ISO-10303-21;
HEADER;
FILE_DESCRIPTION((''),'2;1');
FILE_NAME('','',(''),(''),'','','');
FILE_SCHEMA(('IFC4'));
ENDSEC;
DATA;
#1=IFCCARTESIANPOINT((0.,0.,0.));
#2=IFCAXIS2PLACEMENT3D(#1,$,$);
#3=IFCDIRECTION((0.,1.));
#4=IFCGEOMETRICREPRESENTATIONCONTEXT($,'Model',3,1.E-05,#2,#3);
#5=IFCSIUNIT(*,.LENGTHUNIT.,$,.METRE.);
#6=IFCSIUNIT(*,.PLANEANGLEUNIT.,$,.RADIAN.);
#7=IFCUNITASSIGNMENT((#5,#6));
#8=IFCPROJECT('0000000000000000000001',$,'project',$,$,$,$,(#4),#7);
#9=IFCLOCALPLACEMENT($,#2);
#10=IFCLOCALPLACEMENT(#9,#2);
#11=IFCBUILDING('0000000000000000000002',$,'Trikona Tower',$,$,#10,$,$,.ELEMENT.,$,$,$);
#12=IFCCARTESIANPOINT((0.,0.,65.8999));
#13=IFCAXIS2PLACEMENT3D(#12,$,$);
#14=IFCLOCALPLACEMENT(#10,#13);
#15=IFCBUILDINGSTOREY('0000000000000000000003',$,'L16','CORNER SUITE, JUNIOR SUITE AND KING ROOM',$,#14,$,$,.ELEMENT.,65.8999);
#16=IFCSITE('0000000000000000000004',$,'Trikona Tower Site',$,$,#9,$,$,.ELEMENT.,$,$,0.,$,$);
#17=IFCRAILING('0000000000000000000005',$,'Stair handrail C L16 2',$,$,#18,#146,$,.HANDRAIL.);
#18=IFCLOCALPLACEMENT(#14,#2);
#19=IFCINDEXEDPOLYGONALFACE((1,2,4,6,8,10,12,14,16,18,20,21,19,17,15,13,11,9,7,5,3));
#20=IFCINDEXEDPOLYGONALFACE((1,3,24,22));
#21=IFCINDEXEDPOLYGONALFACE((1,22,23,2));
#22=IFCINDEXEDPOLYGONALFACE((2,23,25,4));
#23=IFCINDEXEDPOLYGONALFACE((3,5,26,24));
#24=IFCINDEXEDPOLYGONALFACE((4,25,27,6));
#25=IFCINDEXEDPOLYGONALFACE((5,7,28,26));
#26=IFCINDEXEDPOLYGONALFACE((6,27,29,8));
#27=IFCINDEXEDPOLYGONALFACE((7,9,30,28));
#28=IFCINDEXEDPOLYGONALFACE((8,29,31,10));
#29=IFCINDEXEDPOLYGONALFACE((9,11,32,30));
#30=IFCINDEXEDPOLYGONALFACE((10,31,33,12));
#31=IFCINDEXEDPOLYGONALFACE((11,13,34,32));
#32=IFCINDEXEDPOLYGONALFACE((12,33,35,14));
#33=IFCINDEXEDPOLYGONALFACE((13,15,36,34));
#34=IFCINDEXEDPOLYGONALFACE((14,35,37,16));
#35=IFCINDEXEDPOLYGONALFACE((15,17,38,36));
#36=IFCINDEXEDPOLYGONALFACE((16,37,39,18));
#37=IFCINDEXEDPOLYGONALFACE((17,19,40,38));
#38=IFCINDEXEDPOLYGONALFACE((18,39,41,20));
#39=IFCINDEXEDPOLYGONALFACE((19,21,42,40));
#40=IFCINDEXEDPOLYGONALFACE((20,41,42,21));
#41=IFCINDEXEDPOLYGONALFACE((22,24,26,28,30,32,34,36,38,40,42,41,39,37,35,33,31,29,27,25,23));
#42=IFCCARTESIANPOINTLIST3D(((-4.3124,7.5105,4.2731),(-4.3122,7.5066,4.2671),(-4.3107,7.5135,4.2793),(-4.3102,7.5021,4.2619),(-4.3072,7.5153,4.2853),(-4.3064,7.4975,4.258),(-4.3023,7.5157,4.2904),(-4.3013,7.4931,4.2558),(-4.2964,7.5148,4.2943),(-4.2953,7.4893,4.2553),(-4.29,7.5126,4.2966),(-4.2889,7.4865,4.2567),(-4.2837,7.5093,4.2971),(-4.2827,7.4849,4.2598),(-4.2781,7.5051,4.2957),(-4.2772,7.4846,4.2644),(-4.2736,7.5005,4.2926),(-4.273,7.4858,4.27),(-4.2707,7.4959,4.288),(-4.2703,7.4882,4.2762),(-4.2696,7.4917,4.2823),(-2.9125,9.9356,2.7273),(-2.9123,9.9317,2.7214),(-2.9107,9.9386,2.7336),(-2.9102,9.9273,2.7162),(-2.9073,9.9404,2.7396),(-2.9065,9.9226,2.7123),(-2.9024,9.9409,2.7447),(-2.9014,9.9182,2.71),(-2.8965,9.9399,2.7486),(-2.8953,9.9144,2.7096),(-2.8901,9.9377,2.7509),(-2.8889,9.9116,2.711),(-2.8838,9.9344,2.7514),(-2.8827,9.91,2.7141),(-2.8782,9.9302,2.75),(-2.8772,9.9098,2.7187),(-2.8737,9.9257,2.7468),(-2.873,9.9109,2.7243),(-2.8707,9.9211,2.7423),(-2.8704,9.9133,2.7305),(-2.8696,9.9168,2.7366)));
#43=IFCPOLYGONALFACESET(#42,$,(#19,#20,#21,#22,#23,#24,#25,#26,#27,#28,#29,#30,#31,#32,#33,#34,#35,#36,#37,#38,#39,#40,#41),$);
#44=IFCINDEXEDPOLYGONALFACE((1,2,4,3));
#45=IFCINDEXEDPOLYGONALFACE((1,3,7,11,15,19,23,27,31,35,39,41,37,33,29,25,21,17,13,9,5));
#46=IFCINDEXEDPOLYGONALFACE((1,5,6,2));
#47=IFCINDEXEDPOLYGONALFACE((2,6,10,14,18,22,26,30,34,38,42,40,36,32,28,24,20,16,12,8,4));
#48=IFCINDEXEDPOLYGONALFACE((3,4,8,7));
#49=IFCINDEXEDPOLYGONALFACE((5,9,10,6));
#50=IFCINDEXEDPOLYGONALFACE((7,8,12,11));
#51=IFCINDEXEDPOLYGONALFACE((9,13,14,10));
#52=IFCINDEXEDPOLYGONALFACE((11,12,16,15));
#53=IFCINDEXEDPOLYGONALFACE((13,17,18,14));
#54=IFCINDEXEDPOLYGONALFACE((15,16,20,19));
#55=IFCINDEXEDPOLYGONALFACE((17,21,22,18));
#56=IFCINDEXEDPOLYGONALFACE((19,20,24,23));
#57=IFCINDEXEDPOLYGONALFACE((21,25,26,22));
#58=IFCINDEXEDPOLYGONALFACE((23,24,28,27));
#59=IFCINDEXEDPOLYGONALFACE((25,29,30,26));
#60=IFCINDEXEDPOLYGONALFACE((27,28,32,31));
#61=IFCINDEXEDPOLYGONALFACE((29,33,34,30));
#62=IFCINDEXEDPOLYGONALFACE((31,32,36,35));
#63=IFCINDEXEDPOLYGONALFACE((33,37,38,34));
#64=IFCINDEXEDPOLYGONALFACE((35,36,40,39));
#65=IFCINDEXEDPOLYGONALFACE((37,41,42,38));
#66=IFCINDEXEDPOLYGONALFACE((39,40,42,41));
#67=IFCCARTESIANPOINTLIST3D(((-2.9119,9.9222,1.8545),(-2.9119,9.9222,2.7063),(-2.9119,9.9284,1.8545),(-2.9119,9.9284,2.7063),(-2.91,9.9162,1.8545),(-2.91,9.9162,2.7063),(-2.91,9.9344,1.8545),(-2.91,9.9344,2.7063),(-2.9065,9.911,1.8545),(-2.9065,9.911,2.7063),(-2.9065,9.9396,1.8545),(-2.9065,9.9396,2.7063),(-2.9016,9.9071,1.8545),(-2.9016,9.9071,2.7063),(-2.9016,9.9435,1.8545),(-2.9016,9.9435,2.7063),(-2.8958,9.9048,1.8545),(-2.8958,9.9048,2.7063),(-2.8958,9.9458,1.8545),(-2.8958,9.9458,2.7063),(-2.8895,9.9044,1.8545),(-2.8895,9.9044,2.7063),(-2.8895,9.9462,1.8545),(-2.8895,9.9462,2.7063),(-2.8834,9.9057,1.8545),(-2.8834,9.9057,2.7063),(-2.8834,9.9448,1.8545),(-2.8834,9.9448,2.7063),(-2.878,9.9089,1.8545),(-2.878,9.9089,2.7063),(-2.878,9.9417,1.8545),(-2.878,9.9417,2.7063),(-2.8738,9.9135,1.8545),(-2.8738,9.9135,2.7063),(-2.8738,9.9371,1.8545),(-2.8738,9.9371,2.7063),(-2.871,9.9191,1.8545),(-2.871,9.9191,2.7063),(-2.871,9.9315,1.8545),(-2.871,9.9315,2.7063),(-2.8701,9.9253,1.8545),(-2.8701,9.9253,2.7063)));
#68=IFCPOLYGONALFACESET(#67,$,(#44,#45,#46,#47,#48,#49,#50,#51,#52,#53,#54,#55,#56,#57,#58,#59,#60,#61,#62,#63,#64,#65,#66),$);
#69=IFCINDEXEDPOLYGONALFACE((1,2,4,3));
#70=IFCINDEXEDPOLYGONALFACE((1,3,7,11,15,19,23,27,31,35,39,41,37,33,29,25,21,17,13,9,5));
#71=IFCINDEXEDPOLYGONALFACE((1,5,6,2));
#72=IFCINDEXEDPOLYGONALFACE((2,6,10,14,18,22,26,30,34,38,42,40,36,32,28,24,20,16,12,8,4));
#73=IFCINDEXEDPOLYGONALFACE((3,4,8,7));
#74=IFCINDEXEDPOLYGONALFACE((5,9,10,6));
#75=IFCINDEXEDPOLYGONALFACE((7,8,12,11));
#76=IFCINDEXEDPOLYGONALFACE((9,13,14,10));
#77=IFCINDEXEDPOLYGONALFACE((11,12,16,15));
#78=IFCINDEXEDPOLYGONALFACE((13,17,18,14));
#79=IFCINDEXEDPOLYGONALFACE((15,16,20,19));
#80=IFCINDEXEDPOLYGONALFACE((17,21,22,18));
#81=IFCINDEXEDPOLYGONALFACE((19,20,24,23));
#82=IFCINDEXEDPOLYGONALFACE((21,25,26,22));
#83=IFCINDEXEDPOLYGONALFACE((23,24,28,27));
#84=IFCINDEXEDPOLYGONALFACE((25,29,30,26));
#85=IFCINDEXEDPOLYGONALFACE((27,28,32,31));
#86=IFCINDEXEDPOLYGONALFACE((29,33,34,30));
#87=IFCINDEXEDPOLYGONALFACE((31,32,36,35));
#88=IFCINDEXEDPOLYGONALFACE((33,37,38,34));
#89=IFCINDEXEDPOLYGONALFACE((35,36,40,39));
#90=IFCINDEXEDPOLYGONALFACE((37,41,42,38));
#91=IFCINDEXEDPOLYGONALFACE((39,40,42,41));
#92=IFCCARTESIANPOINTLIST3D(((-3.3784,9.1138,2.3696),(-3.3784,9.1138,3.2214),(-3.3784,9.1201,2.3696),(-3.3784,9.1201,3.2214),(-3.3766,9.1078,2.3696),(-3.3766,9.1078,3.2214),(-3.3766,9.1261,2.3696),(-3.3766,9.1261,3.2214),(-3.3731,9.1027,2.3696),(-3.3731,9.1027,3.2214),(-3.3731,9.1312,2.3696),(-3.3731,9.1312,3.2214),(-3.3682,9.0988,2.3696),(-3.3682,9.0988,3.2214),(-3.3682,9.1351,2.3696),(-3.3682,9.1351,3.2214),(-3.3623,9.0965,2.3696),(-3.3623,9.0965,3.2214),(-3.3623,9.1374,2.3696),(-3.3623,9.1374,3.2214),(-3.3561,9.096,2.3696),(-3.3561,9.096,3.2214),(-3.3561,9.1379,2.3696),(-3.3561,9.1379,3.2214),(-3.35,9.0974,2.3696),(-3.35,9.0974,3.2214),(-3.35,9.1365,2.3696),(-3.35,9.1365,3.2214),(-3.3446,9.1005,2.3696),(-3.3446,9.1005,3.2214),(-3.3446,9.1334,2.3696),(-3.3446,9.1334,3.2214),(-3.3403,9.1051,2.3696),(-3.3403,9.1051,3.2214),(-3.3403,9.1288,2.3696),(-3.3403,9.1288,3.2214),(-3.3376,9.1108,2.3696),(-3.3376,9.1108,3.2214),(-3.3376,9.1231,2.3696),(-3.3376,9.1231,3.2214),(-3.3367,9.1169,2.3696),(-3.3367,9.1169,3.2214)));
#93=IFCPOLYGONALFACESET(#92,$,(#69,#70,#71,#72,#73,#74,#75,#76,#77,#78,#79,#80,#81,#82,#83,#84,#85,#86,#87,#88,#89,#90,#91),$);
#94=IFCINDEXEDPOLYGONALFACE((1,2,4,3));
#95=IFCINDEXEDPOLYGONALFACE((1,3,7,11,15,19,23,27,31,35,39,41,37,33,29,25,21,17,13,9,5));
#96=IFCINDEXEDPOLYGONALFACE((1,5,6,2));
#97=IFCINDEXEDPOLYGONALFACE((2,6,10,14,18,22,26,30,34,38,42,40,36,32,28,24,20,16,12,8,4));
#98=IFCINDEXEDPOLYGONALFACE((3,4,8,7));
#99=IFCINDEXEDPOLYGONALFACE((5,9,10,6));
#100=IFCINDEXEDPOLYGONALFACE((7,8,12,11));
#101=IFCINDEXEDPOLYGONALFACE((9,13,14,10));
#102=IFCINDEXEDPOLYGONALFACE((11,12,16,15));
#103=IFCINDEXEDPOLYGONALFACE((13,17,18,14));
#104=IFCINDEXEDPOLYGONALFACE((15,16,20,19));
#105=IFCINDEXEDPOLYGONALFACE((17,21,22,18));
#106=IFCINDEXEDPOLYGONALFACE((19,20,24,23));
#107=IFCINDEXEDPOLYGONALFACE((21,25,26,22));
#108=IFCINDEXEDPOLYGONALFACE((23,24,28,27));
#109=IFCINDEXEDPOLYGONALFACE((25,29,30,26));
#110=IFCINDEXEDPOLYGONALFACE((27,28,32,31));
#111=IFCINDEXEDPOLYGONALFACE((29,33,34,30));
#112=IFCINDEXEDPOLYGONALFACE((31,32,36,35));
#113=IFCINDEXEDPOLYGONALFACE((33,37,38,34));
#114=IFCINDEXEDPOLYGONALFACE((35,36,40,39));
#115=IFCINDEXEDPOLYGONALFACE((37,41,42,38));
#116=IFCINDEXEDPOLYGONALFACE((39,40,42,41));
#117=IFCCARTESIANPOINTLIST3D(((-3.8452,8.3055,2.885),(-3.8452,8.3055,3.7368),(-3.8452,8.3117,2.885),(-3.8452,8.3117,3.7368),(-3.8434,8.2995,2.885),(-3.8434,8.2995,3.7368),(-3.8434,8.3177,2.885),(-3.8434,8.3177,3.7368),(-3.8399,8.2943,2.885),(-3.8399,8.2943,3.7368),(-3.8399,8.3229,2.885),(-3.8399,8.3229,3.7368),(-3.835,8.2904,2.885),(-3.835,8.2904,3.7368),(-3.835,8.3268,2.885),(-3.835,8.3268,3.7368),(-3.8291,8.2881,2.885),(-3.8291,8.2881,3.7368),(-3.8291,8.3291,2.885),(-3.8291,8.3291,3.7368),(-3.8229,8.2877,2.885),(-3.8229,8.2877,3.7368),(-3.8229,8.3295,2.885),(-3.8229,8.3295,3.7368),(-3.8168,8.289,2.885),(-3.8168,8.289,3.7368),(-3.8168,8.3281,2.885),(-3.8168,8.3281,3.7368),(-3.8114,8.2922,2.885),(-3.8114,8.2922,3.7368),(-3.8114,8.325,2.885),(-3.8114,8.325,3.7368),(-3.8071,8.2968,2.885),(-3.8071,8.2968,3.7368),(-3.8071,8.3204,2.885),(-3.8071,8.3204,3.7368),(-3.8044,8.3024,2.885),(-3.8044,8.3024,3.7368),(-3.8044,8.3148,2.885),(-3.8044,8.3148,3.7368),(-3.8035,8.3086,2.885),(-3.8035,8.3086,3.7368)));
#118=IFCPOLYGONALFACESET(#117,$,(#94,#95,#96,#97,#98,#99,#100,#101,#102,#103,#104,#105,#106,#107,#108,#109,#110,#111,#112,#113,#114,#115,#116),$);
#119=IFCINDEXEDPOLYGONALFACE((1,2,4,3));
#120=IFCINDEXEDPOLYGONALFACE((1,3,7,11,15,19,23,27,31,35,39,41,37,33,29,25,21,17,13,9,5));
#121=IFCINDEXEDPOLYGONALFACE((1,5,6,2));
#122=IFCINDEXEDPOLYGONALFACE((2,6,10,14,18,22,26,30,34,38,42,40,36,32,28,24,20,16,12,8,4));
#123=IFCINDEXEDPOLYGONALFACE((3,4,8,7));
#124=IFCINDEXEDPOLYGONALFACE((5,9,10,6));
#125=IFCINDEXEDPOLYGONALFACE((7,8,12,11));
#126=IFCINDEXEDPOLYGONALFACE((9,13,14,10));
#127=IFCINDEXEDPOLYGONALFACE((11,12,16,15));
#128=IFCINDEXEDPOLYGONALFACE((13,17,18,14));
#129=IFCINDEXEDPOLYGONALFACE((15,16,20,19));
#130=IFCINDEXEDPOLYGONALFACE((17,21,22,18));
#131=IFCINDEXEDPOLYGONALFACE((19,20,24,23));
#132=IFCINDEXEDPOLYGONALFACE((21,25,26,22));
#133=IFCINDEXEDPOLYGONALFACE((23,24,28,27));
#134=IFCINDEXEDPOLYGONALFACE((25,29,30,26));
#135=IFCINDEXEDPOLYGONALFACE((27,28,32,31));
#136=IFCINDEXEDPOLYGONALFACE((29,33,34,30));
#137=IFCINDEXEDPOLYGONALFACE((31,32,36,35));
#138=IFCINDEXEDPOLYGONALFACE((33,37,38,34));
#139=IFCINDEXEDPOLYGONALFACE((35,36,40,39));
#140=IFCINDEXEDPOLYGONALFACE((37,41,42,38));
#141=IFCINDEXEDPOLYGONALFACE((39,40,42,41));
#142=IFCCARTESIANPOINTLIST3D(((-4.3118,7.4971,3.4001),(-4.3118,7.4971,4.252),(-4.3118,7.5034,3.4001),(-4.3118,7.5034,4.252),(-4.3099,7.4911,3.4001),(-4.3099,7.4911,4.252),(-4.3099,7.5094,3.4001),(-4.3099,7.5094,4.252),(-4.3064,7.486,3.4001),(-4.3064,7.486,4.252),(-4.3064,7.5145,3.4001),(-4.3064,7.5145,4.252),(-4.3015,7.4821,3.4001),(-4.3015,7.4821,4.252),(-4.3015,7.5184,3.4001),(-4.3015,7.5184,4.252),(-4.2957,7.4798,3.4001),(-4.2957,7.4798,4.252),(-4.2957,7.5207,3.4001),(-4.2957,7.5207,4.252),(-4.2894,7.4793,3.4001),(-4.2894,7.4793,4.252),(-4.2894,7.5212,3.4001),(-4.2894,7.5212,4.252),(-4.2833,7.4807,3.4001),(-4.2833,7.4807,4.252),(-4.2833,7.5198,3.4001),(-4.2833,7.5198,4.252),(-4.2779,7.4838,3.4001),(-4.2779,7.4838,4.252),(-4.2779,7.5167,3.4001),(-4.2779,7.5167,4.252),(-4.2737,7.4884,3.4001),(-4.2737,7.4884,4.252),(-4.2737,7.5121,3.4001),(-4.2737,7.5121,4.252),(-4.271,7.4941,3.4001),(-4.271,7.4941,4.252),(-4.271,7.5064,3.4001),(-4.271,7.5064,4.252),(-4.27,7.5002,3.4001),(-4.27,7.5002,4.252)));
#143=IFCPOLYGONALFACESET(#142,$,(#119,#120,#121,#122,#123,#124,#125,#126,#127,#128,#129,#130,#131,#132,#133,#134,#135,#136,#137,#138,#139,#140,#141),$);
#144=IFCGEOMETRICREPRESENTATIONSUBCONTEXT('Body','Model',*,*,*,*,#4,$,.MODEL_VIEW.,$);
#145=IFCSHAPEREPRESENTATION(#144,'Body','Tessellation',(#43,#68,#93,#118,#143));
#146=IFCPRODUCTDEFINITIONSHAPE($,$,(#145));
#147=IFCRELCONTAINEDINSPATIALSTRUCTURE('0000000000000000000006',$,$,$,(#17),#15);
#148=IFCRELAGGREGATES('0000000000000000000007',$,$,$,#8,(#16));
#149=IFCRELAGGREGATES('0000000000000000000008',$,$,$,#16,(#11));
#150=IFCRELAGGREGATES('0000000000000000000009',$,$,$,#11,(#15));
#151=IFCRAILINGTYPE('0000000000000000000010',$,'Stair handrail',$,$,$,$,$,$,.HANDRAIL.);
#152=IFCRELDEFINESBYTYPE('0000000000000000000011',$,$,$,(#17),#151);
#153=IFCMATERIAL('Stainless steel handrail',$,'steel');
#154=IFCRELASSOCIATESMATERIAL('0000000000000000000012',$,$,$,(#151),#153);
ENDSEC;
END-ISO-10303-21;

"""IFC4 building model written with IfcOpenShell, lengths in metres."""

from ifc_helpers import new_model, si_unit, direction, frame, origin, origin_2d, place, context, subcontext, project, spatial, circle, extrude, material, type_object, element, save


model = new_model("IFC4")

# Units and contexts
model_context = context("Model", 3, precision=1e-05, world=origin(), true_north=direction((0.0, 1.0)))
body_context = subcontext(model_context, "Body", "Model", "MODEL_VIEW")
ifc_project = project(units=[si_unit("LENGTHUNIT", "METRE"), si_unit("PLANEANGLEUNIT", "RADIAN")], contexts=[model_context])

# Site, building, storey
site_placement = place(None, origin())
site = spatial("IfcSite", under=ifc_project, at=site_placement, Name="Trikona Tower Site", CompositionType="ELEMENT", RefElevation=0.0)
building_placement = place(site_placement, origin())
building = spatial("IfcBuilding", under=site, at=building_placement, Name="Trikona Tower", CompositionType="ELEMENT")
storey_placement = place(building_placement, frame((0.0, 0.0, 65.8999)))
storey = spatial("IfcBuildingStorey", under=building, at=storey_placement, Name="L16", Description="CORNER SUITE, JUNIOR SUITE AND KING ROOM", CompositionType="ELEMENT", Elevation=65.8999)

# Railing
ifc_material_1 = material(Name="Stainless steel handrail", Category="steel")
railing_type = type_object("IfcRailingType", Name="Stair handrail", PredefinedType="HANDRAIL", material=ifc_material_1)
railing_1_placement = place(storey_placement, frame((-2.8911, 9.9253, 1.8545)))
element("IfcRailing", 1, at=railing_1_placement, inside=storey, type_object=railing_type, Name="Stair handrail C L16 2", PredefinedType="HANDRAIL", context=body_context, shape_type="SweptSolid", body=[
    extrude(circle(Radius=0.0239, at=origin_2d()), frame((0.0, 0.0, 0.876), z_axis=(-0.437691, -0.758212, 0.483262), x_axis=(0.866056, -0.499946, 0.0)), (0.0, 0.0, 1.0), 3.1985),
    extrude(circle(Radius=0.021, at=origin_2d()), origin(), (0.0, 0.0, 1.0), 0.8518),
    extrude(circle(Radius=0.021, at=origin_2d()), frame((-0.4666, -0.8083, 0.5151)), (0.0, 0.0, 1.0), 0.8518),
    extrude(circle(Radius=0.021, at=origin_2d()), frame((-0.9333, -1.6167, 1.0305)), (0.0, 0.0, 1.0), 0.8518),
    extrude(circle(Radius=0.021, at=origin_2d()), frame((-1.3999, -2.425, 1.5457)), (0.0, 0.0, 1.0), 0.8518),
])

save(model, "model.ifc")
